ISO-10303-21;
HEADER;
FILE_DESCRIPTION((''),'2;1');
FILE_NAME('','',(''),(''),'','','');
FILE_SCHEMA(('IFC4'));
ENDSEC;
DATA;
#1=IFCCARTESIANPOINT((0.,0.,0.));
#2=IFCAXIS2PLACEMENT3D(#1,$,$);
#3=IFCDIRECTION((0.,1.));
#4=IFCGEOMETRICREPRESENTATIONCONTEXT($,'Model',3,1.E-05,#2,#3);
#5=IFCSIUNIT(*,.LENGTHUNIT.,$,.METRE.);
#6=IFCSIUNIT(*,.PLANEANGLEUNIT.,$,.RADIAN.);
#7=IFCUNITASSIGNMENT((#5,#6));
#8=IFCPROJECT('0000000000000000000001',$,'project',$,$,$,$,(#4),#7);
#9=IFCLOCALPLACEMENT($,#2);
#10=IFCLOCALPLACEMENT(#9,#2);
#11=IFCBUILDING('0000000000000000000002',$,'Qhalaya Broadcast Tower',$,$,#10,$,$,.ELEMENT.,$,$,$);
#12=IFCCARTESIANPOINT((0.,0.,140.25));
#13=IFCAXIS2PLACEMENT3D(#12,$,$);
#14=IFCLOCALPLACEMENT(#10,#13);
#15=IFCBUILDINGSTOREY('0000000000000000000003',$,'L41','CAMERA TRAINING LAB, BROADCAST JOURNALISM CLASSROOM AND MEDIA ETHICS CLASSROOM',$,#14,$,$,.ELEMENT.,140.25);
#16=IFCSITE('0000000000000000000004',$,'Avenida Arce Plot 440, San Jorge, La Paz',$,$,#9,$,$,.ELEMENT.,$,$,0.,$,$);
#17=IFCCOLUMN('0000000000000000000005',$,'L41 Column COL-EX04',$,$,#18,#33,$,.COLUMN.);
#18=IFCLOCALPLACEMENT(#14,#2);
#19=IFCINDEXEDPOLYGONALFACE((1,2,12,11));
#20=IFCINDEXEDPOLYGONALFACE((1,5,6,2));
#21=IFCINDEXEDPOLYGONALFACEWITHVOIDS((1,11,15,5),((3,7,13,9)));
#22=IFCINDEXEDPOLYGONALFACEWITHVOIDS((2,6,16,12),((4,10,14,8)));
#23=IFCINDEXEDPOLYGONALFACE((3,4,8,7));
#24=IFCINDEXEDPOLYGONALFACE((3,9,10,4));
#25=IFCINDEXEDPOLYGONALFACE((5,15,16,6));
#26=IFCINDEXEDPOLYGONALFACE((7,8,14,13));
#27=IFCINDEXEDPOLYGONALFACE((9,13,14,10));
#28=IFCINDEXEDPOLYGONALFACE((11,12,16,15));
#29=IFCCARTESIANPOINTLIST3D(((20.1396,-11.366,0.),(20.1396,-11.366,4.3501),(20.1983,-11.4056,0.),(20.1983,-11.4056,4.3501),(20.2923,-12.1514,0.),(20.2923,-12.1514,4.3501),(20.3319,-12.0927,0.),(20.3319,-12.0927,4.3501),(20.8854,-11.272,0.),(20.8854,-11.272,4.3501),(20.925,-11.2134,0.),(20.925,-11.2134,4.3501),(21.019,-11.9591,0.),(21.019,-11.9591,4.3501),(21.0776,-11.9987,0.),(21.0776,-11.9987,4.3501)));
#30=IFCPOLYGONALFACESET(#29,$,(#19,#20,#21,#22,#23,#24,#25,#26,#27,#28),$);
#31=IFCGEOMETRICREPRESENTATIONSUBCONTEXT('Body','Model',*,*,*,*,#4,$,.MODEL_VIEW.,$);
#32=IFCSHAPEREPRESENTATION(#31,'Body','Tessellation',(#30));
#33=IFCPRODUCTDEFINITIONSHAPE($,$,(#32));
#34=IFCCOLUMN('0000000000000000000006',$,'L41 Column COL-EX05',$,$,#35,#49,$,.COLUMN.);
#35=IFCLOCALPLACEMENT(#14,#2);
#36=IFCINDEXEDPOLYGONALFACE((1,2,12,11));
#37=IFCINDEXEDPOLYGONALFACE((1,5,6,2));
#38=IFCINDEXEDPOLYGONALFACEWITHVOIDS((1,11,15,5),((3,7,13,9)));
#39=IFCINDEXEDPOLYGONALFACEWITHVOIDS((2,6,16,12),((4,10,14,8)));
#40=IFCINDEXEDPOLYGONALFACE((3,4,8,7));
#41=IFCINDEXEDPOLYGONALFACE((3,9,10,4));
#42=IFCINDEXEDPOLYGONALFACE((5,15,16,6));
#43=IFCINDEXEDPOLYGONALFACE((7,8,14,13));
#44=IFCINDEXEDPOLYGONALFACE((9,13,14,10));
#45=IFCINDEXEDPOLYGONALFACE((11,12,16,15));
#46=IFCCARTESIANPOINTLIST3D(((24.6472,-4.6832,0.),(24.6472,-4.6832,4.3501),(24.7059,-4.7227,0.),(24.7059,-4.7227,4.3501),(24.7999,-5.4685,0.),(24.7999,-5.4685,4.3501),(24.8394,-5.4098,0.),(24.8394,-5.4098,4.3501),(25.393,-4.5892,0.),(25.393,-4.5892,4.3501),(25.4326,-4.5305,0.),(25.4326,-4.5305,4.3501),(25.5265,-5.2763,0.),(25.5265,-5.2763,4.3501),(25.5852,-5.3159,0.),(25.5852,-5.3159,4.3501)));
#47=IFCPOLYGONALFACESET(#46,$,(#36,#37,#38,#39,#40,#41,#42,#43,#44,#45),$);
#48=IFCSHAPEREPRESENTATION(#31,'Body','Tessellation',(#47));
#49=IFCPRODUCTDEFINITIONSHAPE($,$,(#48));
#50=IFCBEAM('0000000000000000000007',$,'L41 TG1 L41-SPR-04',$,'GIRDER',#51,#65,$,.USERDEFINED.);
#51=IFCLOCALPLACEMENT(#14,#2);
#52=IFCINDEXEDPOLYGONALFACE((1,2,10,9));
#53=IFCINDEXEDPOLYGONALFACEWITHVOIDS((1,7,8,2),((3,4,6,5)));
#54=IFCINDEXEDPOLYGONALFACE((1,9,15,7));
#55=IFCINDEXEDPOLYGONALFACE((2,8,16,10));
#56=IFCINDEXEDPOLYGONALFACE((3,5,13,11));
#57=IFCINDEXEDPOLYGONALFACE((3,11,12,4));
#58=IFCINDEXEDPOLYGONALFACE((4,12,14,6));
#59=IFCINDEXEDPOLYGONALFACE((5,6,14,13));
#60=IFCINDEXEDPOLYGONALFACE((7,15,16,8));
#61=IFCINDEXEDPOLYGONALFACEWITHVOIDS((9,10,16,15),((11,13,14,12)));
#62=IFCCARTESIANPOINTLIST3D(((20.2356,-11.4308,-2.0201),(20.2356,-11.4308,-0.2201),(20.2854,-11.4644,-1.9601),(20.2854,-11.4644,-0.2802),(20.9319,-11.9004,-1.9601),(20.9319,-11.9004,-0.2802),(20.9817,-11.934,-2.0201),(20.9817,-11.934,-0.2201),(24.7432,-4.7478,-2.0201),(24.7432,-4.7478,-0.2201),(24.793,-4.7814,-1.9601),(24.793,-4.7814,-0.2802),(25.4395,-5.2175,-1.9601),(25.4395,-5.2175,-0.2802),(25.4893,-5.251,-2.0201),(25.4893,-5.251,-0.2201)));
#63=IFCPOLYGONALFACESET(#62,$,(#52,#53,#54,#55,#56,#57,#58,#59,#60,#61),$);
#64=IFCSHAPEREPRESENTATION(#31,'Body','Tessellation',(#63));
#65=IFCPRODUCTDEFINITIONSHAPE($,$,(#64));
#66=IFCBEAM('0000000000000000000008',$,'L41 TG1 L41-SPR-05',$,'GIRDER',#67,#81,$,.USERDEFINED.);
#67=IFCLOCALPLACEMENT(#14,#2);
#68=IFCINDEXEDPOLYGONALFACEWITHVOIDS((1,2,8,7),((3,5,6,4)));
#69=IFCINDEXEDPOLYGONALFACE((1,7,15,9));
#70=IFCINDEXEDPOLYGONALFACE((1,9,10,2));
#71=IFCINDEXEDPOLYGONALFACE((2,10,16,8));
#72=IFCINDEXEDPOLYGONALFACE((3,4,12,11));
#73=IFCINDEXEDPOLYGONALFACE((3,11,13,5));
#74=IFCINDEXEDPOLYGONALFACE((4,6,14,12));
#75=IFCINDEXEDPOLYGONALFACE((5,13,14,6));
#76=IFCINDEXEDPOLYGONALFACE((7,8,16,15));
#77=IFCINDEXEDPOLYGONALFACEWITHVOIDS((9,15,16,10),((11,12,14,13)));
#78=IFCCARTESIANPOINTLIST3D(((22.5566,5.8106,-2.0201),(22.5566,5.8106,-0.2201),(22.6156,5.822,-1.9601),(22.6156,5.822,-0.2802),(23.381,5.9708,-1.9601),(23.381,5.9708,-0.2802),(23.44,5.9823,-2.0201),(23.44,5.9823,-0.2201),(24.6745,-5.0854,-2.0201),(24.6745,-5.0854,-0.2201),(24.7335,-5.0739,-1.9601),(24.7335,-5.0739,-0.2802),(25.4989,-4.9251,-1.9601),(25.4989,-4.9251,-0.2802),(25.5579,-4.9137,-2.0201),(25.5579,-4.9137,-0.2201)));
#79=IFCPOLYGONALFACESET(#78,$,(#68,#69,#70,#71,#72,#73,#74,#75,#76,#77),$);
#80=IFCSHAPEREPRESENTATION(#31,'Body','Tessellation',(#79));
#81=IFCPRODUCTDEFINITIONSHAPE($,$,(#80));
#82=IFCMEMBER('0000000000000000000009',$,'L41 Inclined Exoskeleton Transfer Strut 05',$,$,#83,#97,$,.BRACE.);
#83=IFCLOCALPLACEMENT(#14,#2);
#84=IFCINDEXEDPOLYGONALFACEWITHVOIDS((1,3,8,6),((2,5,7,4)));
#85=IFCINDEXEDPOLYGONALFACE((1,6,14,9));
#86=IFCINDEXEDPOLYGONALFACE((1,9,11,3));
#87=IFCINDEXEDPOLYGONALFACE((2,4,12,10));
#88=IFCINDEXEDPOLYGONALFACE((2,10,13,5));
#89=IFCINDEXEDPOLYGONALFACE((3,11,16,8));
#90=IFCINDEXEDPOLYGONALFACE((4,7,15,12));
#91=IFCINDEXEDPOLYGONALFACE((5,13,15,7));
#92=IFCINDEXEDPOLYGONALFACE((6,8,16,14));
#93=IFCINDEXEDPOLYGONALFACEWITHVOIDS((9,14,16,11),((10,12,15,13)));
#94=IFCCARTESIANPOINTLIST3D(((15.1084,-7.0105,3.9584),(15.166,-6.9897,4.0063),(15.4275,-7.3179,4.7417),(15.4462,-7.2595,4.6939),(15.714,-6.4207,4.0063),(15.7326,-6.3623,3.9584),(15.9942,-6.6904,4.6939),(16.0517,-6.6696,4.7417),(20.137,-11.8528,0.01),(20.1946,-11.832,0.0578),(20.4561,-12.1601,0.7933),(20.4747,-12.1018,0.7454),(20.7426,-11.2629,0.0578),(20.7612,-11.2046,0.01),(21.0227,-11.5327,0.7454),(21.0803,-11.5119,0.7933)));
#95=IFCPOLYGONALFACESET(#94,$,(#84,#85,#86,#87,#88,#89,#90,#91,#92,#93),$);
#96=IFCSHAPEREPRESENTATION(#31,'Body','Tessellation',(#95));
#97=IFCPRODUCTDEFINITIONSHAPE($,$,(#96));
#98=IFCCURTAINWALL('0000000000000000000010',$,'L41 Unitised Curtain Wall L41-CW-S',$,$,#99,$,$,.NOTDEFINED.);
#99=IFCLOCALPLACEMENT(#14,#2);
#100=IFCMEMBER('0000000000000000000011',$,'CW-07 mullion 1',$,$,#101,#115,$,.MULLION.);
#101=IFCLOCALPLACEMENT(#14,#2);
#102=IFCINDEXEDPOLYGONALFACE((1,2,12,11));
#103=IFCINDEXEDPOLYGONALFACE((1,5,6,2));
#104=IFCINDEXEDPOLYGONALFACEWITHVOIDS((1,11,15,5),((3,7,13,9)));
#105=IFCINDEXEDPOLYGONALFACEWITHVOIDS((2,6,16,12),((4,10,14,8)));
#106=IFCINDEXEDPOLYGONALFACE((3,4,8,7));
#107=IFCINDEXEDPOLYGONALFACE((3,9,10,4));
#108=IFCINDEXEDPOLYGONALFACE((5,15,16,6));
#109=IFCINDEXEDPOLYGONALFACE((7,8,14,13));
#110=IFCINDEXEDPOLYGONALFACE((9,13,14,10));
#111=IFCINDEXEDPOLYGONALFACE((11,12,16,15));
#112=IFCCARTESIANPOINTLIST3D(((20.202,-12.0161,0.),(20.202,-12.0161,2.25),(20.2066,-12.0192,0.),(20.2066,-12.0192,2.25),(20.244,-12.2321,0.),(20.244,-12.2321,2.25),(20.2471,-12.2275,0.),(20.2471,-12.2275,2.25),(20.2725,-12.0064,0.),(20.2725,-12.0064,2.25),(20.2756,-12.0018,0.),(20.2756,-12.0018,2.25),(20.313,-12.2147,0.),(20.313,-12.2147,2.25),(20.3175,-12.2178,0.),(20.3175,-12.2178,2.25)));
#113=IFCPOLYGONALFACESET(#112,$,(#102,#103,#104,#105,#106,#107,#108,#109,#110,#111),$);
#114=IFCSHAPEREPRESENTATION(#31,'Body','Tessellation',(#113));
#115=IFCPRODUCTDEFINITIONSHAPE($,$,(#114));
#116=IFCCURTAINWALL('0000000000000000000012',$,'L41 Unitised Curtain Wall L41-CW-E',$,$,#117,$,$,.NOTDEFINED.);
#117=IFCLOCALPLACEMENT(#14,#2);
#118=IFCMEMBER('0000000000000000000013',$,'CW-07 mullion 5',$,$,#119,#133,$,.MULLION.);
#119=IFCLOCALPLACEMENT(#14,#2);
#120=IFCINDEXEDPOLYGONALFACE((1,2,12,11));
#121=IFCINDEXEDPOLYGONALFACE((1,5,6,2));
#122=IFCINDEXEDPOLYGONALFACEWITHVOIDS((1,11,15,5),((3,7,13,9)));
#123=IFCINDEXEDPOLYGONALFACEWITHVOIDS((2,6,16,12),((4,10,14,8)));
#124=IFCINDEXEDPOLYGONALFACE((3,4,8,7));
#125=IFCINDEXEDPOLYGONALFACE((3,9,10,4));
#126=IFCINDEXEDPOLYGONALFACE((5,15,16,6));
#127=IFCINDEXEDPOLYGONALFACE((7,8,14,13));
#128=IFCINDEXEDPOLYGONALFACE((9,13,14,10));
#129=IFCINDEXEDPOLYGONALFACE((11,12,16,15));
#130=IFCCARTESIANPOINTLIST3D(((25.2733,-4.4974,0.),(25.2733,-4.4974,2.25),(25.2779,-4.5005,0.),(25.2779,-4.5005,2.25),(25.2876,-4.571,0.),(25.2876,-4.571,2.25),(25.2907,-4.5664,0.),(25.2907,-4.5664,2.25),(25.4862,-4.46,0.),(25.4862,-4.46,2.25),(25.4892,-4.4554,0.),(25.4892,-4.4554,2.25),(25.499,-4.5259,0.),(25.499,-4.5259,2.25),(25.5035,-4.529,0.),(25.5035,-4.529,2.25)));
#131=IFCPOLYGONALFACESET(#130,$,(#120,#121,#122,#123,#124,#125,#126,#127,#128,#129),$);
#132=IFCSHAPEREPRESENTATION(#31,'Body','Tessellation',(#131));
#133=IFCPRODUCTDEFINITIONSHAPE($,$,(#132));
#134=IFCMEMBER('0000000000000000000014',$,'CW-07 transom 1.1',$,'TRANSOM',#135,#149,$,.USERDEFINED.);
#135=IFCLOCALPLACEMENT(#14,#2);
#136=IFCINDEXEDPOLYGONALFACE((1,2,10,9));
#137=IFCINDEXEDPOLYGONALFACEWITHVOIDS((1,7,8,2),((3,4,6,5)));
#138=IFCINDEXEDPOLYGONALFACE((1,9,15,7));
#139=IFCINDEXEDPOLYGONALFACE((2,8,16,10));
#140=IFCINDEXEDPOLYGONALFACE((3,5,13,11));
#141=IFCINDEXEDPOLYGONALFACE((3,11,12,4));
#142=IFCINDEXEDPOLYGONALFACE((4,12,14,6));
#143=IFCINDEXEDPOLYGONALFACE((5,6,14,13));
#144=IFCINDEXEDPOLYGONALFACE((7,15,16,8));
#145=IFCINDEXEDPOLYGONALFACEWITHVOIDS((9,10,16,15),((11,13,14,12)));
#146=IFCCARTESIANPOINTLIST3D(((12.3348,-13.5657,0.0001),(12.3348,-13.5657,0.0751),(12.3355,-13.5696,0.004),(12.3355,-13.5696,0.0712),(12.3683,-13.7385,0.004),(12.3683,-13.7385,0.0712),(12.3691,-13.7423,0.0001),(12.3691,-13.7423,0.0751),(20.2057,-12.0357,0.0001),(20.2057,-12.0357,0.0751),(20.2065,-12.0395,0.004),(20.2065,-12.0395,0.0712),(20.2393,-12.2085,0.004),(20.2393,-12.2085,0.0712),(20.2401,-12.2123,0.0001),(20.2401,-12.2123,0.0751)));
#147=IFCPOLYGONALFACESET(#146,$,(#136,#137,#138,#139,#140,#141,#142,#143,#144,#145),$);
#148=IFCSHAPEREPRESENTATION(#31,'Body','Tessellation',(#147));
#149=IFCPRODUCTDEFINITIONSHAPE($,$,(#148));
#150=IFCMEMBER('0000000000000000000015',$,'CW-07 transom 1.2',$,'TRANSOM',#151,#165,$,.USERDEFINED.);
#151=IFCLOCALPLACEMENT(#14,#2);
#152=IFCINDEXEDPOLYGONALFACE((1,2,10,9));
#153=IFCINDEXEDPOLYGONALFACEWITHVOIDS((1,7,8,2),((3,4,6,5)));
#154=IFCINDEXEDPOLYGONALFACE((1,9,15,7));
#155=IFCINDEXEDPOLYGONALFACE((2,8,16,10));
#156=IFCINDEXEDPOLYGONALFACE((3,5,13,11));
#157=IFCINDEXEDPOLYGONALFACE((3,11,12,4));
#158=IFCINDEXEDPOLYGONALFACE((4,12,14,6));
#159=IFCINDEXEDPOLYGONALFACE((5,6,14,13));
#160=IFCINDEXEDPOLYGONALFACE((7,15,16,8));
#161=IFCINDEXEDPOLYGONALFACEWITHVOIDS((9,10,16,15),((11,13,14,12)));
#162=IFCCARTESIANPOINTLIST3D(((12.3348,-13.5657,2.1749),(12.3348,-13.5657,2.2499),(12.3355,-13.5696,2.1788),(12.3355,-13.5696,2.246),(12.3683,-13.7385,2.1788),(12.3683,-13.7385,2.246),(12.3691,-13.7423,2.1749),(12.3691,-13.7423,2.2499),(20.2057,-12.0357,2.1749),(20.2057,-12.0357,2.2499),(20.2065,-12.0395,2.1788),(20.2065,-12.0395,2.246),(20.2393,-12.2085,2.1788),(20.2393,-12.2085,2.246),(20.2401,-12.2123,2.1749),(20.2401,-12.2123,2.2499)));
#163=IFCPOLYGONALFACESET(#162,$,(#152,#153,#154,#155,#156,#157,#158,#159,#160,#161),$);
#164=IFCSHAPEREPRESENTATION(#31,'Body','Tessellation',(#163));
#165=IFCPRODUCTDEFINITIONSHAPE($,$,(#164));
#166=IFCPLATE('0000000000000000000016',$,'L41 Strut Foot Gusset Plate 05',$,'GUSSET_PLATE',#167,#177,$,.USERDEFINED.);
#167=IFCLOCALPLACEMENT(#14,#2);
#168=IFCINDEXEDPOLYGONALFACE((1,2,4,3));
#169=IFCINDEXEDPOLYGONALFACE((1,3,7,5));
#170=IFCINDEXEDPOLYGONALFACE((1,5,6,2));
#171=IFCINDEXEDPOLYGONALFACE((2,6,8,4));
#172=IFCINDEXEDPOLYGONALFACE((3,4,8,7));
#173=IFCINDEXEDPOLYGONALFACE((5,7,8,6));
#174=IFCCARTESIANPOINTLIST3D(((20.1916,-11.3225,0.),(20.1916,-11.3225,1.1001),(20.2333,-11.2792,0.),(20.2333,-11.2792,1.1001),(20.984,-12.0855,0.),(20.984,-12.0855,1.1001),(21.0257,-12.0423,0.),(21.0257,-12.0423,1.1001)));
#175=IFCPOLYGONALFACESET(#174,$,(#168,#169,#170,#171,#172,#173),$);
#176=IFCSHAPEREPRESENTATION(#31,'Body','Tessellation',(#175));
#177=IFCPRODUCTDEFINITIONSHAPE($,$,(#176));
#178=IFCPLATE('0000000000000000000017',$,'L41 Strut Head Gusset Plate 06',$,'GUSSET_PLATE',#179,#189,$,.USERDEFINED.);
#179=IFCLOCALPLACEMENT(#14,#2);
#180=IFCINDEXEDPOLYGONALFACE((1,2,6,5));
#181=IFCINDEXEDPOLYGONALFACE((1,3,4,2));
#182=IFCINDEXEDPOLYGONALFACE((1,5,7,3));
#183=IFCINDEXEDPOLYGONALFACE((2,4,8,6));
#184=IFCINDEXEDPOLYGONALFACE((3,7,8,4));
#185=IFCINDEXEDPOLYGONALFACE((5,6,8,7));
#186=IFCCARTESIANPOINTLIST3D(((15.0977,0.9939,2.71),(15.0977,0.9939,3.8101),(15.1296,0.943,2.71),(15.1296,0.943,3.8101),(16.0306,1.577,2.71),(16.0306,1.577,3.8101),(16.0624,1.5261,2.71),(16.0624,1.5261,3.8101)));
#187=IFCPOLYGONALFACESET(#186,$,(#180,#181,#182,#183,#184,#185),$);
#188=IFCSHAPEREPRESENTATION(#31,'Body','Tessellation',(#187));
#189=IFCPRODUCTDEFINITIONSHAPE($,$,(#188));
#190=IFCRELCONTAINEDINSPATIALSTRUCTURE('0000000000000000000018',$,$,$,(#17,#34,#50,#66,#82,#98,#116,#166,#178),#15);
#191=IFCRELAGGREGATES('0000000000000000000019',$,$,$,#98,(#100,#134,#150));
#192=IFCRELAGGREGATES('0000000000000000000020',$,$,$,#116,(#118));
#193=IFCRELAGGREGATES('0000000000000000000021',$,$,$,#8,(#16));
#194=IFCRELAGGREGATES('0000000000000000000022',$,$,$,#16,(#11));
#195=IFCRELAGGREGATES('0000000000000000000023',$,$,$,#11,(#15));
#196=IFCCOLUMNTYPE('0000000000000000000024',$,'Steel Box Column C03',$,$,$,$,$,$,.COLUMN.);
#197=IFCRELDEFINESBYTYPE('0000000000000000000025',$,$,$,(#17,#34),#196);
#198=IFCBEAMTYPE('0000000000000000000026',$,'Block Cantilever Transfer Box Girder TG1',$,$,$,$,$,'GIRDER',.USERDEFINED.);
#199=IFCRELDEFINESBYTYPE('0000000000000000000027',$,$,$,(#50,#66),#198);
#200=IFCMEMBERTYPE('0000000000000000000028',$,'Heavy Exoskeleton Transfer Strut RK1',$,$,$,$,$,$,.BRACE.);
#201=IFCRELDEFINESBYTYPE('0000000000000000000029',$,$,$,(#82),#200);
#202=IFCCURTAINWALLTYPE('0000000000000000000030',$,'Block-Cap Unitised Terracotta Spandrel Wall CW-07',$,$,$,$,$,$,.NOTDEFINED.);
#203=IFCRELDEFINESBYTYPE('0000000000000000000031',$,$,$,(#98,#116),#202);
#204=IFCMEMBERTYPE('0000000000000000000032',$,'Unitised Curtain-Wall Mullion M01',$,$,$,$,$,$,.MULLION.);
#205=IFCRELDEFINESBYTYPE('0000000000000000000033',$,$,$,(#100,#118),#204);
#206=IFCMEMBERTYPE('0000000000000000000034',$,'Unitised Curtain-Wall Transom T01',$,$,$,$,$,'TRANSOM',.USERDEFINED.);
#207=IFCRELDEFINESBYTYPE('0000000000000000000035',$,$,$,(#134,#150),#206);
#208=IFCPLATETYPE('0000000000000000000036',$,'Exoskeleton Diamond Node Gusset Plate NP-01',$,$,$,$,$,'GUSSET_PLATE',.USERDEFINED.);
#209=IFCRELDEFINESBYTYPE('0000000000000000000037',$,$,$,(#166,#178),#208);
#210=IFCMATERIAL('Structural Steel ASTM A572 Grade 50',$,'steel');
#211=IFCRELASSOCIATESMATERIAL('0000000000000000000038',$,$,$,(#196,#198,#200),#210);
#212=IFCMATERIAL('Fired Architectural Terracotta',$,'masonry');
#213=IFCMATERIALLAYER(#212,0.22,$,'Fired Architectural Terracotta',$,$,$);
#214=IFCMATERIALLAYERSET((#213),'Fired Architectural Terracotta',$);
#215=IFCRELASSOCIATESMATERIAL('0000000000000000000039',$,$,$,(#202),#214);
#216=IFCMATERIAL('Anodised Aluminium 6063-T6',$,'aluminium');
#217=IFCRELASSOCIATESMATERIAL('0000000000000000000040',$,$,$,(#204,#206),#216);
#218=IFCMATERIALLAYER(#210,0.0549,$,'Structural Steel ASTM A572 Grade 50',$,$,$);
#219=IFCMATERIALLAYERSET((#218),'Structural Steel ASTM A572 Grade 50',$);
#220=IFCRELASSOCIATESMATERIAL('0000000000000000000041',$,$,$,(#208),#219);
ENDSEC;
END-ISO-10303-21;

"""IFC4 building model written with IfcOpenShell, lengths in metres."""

from ifc_helpers import new_model, si_unit, direction, frame, origin, origin_2d, place, context, subcontext, project, spatial, rectangle, hollow_rectangle, extrude, material, layer, layer_set, material_profile, profile_set, type_object, element, aggregate, save


model = new_model("IFC4")

# Units and contexts
model_context = context("Model", 3, precision=1e-05, world=origin(), true_north=direction((0.0, 1.0)))
body_context = subcontext(model_context, "Body", "Model", "MODEL_VIEW")
ifc_project = project(units=[si_unit("LENGTHUNIT", "METRE"), si_unit("PLANEANGLEUNIT", "RADIAN")], contexts=[model_context])

# Site, building, storey
site_placement = place(None, origin())
site = spatial("IfcSite", under=ifc_project, at=site_placement, Name="Avenida Arce Plot 440, San Jorge, La Paz", CompositionType="ELEMENT", RefElevation=0.0)
building_placement = place(site_placement, origin())
building = spatial("IfcBuilding", under=site, at=building_placement, Name="Qhalaya Broadcast Tower", CompositionType="ELEMENT")
storey_placement = place(building_placement, frame((0.0, 0.0, 140.25)))
storey = spatial("IfcBuildingStorey", under=building, at=storey_placement, Name="L41", Description="CAMERA TRAINING LAB, BROADCAST JOURNALISM CLASSROOM AND MEDIA ETHICS CLASSROOM", CompositionType="ELEMENT", Elevation=140.25)

# Columns
ifc_material_1 = material(Name="Structural Steel ASTM A572 Grade 50", Category="steel")
ifc_material_profile_1 = material_profile(ifc_material_1, hollow_rectangle(XDim=0.8, YDim=0.8, WallThickness=0.05, at=origin_2d()), Name="BOX 800x800x50")
ifc_profile_set_1 = profile_set([ifc_material_profile_1], Name="Structural Steel ASTM A572 Grade 50")
column_type = type_object("IfcColumnType", Name="Steel Box Column C03", PredefinedType="COLUMN", material=ifc_profile_set_1)
for number, where, z_axis, x_axis, name in (
    (1, (20.6086, -11.6824, 0.0), (0.0, 0.0, 1.0), (0.981627, 0.190809, 0.0), "L41 Column COL-EX04"),
    (2, (25.1162, -4.9995, 0.0), (0.0, 0.0, 1.0), (-0.190809, 0.981627, 0.0), "L41 Column COL-EX05"),
):
    element("IfcColumn", number, at=place(storey_placement, frame(where, z_axis=z_axis, x_axis=x_axis)), inside=storey, type_object=column_type, Name=name, PredefinedType="COLUMN", context=body_context, shape_type="SweptSolid", body=[
        extrude(hollow_rectangle(XDim=0.8, YDim=0.8, WallThickness=0.05, at=origin_2d()), origin(), (0.0, 0.0, 1.0), 4.3501),
    ])

# Beams
ifc_material_profile_2 = material_profile(ifc_material_1, hollow_rectangle(XDim=0.8999, YDim=1.8, WallThickness=0.0601, at=origin_2d()), Name="BOX 900x1800x60")
ifc_profile_set_2 = profile_set([ifc_material_profile_2], Name="Structural Steel ASTM A572 Grade 50")
beam_type = type_object("IfcBeamType", Name="Block Cantilever Transfer Box Girder TG1", ElementType="GIRDER", PredefinedType="USERDEFINED", material=ifc_profile_set_2)
beam_1_placement = place(storey_placement, frame((20.6086, -11.6824, -1.1201), z_axis=(0.559186, 0.829042, 0.0), x_axis=(-0.829042, 0.559186, 0.0)))
element("IfcBeam", 3, at=beam_1_placement, inside=storey, type_object=beam_type, Name="L41 TG1 L41-SPR-04", ObjectType="GIRDER", PredefinedType="USERDEFINED", context=body_context, shape_type="SweptSolid", body=[
    extrude(hollow_rectangle(XDim=0.8999, YDim=1.8, WallThickness=0.0601, at=origin_2d()), origin(), (0.0, 0.0, 1.0), 8.061),
])
beam_2_placement = place(storey_placement, frame((25.1162, -4.9995, -1.1201), z_axis=(-0.190805, 0.981628, 0.0), x_axis=(-0.981628, -0.190805, 0.0)))
element("IfcBeam", 4, at=beam_2_placement, inside=storey, type_object=beam_type, Name="L41 TG1 L41-SPR-05", ObjectType="GIRDER", PredefinedType="USERDEFINED", context=body_context, shape_type="SweptSolid", body=[
    extrude(hollow_rectangle(XDim=0.8999, YDim=1.8, WallThickness=0.0601, at=origin_2d()), origin(), (0.0, 0.0, 1.0), 11.0999),
])

# Member
ifc_material_profile_3 = material_profile(ifc_material_1, hollow_rectangle(XDim=0.8999, YDim=0.8999, WallThickness=0.0549, at=origin_2d()), Name="BOX 900x900x55")
ifc_profile_set_3 = profile_set([ifc_material_profile_3], Name="Structural Steel ASTM A572 Grade 50")
member_type_1 = type_object("IfcMemberType", Name="Heavy Exoskeleton Transfer Strut RK1", PredefinedType="BRACE", material=ifc_profile_set_3)
member_1_placement = place(storey_placement, frame((20.6086, -11.6824, 0.4016), z_axis=(-0.626982, 0.603756, 0.492313), x_axis=(-0.693639, -0.720323, 0.0)))
element("IfcMember", 5, at=member_1_placement, inside=storey, type_object=member_type_1, Name="L41 Inclined Exoskeleton Transfer Strut 05", PredefinedType="BRACE", context=body_context, shape_type="SweptSolid", body=[
    extrude(hollow_rectangle(XDim=0.8999, YDim=0.8999, WallThickness=0.0549, at=origin_2d()), origin(), (0.0, 0.0, 1.0), 8.0203),
])

# Curtain walls, members
ifc_material_2 = material(Name="Fired Architectural Terracotta", Category="masonry")
ifc_layer_1 = layer(ifc_material_2, 0.22, Name="Fired Architectural Terracotta")
ifc_layer_set_1 = layer_set([ifc_layer_1], Name="Fired Architectural Terracotta")
curtain_wall_type = type_object("IfcCurtainWallType", Name="Block-Cap Unitised Terracotta Spandrel Wall CW-07", PredefinedType="NOTDEFINED", material=ifc_layer_set_1)
curtain_wall_1_placement = place(storey_placement, origin())
curtain_wall_1 = element("IfcCurtainWall", 6, at=curtain_wall_1_placement, inside=storey, type_object=curtain_wall_type, Name="L41 Unitised Curtain Wall L41-CW-S", PredefinedType="NOTDEFINED")
ifc_material_3 = material(Name="Anodised Aluminium 6063-T6", Category="aluminium")
ifc_material_profile_4 = material_profile(ifc_material_3, hollow_rectangle(XDim=0.075, YDim=0.22, WallThickness=0.0039, at=origin_2d()), Name="ALU-MUL 75x220x4")
ifc_profile_set_4 = profile_set([ifc_material_profile_4], Name="Anodised Aluminium 6063-T6")
member_type_2 = type_object("IfcMemberType", Name="Unitised Curtain-Wall Mullion M01", PredefinedType="MULLION", material=ifc_profile_set_4)
member_2_placement = place(storey_placement, frame((20.2598, -12.1169, 0.0), z_axis=(0.0, 0.0, 1.0), x_axis=(-0.981627, -0.19081, 0.0)))
member_2 = element("IfcMember", 7, at=member_2_placement, type_object=member_type_2, Name="CW-07 mullion 1", PredefinedType="MULLION", context=body_context, shape_type="SweptSolid", body=[
    extrude(hollow_rectangle(XDim=0.075, YDim=0.22, WallThickness=0.0039, at=origin_2d()), origin(), (0.0, 0.0, 1.0), 2.25),
])
curtain_wall_2_placement = place(storey_placement, origin())
curtain_wall_2 = element("IfcCurtainWall", 8, at=curtain_wall_2_placement, inside=storey, type_object=curtain_wall_type, Name="L41 Unitised Curtain Wall L41-CW-E", PredefinedType="NOTDEFINED")
member_3_placement = place(storey_placement, frame((25.3884, -4.5132, 0.0), z_axis=(0.0, 0.0, 1.0), x_axis=(0.19081, -0.981627, 0.0)))
member_3 = element("IfcMember", 9, at=member_3_placement, type_object=member_type_2, Name="CW-07 mullion 5", PredefinedType="MULLION", context=body_context, shape_type="SweptSolid", body=[
    extrude(hollow_rectangle(XDim=0.075, YDim=0.22, WallThickness=0.0039, at=origin_2d()), origin(), (0.0, 0.0, 1.0), 2.25),
])

# Members
ifc_material_profile_5 = material_profile(ifc_material_3, hollow_rectangle(XDim=0.075, YDim=0.1799, WallThickness=0.0039, at=origin_2d()), Name="ALU-TRN 75x180x4")
ifc_profile_set_5 = profile_set([ifc_material_profile_5], Name="Anodised Aluminium 6063-T6")
member_type_3 = type_object("IfcMemberType", Name="Unitised Curtain-Wall Transom T01", ElementType="TRANSOM", PredefinedType="USERDEFINED", material=ifc_profile_set_5)
member_4_placement = place(storey_placement, frame((20.2229, -12.124, 0.0376), z_axis=(-0.981626, -0.190814, 0.0), x_axis=(0.0, 0.0, 1.0)))
member_4 = element("IfcMember", 10, at=member_4_placement, type_object=member_type_3, Name="CW-07 transom 1.1", ObjectType="TRANSOM", PredefinedType="USERDEFINED", context=body_context, shape_type="SweptSolid", body=[
    extrude(hollow_rectangle(XDim=0.075, YDim=0.1799, WallThickness=0.0039, at=origin_2d()), origin(), (0.0, 0.0, 1.0), 8.0183),
])
member_5_placement = place(storey_placement, frame((20.2229, -12.124, 2.2124), z_axis=(-0.981626, -0.190814, 0.0), x_axis=(0.0, 0.0, 1.0)))
member_5 = element("IfcMember", 11, at=member_5_placement, type_object=member_type_3, Name="CW-07 transom 1.2", ObjectType="TRANSOM", PredefinedType="USERDEFINED", context=body_context, shape_type="SweptSolid", body=[
    extrude(hollow_rectangle(XDim=0.075, YDim=0.1799, WallThickness=0.0039, at=origin_2d()), origin(), (0.0, 0.0, 1.0), 8.0183),
])

# Plates
ifc_layer_2 = layer(ifc_material_1, 0.0549, Name="Structural Steel ASTM A572 Grade 50")
ifc_layer_set_2 = layer_set([ifc_layer_2], Name="Structural Steel ASTM A572 Grade 50")
plate_type_1 = type_object("IfcPlateType", Name="Exoskeleton Diamond Node Gusset Plate NP-01", ElementType="GUSSET_PLATE", PredefinedType="USERDEFINED", material=ifc_layer_set_2)
for number, where, z_axis, x_axis, name in (
    (12, (20.6086, -11.6824, 0.0), (0.0, 0.0, 1.0), (-0.720321, 0.693641, 0.0), "L41 Strut Foot Gusset Plate 05"),
    (13, (15.5801, 1.26, 2.71), (0.0, 0.0, 1.0), (-0.847993, -0.530008, 0.0), "L41 Strut Head Gusset Plate 06"),
):
    element("IfcPlate", number, at=place(storey_placement, frame(where, z_axis=z_axis, x_axis=x_axis)), inside=storey, type_object=plate_type_1, Name=name, ObjectType="GUSSET_PLATE", PredefinedType="USERDEFINED", context=body_context, shape_type="SweptSolid", body=[
        extrude(rectangle(XDim=1.1001, YDim=0.0601, at=origin_2d()), origin(), (0.0, 0.0, 1.0), 1.1001),
    ])

aggregate(curtain_wall_1, [member_2, member_4, member_5])
aggregate(curtain_wall_2, [member_3])

save(model, "model.ifc")
